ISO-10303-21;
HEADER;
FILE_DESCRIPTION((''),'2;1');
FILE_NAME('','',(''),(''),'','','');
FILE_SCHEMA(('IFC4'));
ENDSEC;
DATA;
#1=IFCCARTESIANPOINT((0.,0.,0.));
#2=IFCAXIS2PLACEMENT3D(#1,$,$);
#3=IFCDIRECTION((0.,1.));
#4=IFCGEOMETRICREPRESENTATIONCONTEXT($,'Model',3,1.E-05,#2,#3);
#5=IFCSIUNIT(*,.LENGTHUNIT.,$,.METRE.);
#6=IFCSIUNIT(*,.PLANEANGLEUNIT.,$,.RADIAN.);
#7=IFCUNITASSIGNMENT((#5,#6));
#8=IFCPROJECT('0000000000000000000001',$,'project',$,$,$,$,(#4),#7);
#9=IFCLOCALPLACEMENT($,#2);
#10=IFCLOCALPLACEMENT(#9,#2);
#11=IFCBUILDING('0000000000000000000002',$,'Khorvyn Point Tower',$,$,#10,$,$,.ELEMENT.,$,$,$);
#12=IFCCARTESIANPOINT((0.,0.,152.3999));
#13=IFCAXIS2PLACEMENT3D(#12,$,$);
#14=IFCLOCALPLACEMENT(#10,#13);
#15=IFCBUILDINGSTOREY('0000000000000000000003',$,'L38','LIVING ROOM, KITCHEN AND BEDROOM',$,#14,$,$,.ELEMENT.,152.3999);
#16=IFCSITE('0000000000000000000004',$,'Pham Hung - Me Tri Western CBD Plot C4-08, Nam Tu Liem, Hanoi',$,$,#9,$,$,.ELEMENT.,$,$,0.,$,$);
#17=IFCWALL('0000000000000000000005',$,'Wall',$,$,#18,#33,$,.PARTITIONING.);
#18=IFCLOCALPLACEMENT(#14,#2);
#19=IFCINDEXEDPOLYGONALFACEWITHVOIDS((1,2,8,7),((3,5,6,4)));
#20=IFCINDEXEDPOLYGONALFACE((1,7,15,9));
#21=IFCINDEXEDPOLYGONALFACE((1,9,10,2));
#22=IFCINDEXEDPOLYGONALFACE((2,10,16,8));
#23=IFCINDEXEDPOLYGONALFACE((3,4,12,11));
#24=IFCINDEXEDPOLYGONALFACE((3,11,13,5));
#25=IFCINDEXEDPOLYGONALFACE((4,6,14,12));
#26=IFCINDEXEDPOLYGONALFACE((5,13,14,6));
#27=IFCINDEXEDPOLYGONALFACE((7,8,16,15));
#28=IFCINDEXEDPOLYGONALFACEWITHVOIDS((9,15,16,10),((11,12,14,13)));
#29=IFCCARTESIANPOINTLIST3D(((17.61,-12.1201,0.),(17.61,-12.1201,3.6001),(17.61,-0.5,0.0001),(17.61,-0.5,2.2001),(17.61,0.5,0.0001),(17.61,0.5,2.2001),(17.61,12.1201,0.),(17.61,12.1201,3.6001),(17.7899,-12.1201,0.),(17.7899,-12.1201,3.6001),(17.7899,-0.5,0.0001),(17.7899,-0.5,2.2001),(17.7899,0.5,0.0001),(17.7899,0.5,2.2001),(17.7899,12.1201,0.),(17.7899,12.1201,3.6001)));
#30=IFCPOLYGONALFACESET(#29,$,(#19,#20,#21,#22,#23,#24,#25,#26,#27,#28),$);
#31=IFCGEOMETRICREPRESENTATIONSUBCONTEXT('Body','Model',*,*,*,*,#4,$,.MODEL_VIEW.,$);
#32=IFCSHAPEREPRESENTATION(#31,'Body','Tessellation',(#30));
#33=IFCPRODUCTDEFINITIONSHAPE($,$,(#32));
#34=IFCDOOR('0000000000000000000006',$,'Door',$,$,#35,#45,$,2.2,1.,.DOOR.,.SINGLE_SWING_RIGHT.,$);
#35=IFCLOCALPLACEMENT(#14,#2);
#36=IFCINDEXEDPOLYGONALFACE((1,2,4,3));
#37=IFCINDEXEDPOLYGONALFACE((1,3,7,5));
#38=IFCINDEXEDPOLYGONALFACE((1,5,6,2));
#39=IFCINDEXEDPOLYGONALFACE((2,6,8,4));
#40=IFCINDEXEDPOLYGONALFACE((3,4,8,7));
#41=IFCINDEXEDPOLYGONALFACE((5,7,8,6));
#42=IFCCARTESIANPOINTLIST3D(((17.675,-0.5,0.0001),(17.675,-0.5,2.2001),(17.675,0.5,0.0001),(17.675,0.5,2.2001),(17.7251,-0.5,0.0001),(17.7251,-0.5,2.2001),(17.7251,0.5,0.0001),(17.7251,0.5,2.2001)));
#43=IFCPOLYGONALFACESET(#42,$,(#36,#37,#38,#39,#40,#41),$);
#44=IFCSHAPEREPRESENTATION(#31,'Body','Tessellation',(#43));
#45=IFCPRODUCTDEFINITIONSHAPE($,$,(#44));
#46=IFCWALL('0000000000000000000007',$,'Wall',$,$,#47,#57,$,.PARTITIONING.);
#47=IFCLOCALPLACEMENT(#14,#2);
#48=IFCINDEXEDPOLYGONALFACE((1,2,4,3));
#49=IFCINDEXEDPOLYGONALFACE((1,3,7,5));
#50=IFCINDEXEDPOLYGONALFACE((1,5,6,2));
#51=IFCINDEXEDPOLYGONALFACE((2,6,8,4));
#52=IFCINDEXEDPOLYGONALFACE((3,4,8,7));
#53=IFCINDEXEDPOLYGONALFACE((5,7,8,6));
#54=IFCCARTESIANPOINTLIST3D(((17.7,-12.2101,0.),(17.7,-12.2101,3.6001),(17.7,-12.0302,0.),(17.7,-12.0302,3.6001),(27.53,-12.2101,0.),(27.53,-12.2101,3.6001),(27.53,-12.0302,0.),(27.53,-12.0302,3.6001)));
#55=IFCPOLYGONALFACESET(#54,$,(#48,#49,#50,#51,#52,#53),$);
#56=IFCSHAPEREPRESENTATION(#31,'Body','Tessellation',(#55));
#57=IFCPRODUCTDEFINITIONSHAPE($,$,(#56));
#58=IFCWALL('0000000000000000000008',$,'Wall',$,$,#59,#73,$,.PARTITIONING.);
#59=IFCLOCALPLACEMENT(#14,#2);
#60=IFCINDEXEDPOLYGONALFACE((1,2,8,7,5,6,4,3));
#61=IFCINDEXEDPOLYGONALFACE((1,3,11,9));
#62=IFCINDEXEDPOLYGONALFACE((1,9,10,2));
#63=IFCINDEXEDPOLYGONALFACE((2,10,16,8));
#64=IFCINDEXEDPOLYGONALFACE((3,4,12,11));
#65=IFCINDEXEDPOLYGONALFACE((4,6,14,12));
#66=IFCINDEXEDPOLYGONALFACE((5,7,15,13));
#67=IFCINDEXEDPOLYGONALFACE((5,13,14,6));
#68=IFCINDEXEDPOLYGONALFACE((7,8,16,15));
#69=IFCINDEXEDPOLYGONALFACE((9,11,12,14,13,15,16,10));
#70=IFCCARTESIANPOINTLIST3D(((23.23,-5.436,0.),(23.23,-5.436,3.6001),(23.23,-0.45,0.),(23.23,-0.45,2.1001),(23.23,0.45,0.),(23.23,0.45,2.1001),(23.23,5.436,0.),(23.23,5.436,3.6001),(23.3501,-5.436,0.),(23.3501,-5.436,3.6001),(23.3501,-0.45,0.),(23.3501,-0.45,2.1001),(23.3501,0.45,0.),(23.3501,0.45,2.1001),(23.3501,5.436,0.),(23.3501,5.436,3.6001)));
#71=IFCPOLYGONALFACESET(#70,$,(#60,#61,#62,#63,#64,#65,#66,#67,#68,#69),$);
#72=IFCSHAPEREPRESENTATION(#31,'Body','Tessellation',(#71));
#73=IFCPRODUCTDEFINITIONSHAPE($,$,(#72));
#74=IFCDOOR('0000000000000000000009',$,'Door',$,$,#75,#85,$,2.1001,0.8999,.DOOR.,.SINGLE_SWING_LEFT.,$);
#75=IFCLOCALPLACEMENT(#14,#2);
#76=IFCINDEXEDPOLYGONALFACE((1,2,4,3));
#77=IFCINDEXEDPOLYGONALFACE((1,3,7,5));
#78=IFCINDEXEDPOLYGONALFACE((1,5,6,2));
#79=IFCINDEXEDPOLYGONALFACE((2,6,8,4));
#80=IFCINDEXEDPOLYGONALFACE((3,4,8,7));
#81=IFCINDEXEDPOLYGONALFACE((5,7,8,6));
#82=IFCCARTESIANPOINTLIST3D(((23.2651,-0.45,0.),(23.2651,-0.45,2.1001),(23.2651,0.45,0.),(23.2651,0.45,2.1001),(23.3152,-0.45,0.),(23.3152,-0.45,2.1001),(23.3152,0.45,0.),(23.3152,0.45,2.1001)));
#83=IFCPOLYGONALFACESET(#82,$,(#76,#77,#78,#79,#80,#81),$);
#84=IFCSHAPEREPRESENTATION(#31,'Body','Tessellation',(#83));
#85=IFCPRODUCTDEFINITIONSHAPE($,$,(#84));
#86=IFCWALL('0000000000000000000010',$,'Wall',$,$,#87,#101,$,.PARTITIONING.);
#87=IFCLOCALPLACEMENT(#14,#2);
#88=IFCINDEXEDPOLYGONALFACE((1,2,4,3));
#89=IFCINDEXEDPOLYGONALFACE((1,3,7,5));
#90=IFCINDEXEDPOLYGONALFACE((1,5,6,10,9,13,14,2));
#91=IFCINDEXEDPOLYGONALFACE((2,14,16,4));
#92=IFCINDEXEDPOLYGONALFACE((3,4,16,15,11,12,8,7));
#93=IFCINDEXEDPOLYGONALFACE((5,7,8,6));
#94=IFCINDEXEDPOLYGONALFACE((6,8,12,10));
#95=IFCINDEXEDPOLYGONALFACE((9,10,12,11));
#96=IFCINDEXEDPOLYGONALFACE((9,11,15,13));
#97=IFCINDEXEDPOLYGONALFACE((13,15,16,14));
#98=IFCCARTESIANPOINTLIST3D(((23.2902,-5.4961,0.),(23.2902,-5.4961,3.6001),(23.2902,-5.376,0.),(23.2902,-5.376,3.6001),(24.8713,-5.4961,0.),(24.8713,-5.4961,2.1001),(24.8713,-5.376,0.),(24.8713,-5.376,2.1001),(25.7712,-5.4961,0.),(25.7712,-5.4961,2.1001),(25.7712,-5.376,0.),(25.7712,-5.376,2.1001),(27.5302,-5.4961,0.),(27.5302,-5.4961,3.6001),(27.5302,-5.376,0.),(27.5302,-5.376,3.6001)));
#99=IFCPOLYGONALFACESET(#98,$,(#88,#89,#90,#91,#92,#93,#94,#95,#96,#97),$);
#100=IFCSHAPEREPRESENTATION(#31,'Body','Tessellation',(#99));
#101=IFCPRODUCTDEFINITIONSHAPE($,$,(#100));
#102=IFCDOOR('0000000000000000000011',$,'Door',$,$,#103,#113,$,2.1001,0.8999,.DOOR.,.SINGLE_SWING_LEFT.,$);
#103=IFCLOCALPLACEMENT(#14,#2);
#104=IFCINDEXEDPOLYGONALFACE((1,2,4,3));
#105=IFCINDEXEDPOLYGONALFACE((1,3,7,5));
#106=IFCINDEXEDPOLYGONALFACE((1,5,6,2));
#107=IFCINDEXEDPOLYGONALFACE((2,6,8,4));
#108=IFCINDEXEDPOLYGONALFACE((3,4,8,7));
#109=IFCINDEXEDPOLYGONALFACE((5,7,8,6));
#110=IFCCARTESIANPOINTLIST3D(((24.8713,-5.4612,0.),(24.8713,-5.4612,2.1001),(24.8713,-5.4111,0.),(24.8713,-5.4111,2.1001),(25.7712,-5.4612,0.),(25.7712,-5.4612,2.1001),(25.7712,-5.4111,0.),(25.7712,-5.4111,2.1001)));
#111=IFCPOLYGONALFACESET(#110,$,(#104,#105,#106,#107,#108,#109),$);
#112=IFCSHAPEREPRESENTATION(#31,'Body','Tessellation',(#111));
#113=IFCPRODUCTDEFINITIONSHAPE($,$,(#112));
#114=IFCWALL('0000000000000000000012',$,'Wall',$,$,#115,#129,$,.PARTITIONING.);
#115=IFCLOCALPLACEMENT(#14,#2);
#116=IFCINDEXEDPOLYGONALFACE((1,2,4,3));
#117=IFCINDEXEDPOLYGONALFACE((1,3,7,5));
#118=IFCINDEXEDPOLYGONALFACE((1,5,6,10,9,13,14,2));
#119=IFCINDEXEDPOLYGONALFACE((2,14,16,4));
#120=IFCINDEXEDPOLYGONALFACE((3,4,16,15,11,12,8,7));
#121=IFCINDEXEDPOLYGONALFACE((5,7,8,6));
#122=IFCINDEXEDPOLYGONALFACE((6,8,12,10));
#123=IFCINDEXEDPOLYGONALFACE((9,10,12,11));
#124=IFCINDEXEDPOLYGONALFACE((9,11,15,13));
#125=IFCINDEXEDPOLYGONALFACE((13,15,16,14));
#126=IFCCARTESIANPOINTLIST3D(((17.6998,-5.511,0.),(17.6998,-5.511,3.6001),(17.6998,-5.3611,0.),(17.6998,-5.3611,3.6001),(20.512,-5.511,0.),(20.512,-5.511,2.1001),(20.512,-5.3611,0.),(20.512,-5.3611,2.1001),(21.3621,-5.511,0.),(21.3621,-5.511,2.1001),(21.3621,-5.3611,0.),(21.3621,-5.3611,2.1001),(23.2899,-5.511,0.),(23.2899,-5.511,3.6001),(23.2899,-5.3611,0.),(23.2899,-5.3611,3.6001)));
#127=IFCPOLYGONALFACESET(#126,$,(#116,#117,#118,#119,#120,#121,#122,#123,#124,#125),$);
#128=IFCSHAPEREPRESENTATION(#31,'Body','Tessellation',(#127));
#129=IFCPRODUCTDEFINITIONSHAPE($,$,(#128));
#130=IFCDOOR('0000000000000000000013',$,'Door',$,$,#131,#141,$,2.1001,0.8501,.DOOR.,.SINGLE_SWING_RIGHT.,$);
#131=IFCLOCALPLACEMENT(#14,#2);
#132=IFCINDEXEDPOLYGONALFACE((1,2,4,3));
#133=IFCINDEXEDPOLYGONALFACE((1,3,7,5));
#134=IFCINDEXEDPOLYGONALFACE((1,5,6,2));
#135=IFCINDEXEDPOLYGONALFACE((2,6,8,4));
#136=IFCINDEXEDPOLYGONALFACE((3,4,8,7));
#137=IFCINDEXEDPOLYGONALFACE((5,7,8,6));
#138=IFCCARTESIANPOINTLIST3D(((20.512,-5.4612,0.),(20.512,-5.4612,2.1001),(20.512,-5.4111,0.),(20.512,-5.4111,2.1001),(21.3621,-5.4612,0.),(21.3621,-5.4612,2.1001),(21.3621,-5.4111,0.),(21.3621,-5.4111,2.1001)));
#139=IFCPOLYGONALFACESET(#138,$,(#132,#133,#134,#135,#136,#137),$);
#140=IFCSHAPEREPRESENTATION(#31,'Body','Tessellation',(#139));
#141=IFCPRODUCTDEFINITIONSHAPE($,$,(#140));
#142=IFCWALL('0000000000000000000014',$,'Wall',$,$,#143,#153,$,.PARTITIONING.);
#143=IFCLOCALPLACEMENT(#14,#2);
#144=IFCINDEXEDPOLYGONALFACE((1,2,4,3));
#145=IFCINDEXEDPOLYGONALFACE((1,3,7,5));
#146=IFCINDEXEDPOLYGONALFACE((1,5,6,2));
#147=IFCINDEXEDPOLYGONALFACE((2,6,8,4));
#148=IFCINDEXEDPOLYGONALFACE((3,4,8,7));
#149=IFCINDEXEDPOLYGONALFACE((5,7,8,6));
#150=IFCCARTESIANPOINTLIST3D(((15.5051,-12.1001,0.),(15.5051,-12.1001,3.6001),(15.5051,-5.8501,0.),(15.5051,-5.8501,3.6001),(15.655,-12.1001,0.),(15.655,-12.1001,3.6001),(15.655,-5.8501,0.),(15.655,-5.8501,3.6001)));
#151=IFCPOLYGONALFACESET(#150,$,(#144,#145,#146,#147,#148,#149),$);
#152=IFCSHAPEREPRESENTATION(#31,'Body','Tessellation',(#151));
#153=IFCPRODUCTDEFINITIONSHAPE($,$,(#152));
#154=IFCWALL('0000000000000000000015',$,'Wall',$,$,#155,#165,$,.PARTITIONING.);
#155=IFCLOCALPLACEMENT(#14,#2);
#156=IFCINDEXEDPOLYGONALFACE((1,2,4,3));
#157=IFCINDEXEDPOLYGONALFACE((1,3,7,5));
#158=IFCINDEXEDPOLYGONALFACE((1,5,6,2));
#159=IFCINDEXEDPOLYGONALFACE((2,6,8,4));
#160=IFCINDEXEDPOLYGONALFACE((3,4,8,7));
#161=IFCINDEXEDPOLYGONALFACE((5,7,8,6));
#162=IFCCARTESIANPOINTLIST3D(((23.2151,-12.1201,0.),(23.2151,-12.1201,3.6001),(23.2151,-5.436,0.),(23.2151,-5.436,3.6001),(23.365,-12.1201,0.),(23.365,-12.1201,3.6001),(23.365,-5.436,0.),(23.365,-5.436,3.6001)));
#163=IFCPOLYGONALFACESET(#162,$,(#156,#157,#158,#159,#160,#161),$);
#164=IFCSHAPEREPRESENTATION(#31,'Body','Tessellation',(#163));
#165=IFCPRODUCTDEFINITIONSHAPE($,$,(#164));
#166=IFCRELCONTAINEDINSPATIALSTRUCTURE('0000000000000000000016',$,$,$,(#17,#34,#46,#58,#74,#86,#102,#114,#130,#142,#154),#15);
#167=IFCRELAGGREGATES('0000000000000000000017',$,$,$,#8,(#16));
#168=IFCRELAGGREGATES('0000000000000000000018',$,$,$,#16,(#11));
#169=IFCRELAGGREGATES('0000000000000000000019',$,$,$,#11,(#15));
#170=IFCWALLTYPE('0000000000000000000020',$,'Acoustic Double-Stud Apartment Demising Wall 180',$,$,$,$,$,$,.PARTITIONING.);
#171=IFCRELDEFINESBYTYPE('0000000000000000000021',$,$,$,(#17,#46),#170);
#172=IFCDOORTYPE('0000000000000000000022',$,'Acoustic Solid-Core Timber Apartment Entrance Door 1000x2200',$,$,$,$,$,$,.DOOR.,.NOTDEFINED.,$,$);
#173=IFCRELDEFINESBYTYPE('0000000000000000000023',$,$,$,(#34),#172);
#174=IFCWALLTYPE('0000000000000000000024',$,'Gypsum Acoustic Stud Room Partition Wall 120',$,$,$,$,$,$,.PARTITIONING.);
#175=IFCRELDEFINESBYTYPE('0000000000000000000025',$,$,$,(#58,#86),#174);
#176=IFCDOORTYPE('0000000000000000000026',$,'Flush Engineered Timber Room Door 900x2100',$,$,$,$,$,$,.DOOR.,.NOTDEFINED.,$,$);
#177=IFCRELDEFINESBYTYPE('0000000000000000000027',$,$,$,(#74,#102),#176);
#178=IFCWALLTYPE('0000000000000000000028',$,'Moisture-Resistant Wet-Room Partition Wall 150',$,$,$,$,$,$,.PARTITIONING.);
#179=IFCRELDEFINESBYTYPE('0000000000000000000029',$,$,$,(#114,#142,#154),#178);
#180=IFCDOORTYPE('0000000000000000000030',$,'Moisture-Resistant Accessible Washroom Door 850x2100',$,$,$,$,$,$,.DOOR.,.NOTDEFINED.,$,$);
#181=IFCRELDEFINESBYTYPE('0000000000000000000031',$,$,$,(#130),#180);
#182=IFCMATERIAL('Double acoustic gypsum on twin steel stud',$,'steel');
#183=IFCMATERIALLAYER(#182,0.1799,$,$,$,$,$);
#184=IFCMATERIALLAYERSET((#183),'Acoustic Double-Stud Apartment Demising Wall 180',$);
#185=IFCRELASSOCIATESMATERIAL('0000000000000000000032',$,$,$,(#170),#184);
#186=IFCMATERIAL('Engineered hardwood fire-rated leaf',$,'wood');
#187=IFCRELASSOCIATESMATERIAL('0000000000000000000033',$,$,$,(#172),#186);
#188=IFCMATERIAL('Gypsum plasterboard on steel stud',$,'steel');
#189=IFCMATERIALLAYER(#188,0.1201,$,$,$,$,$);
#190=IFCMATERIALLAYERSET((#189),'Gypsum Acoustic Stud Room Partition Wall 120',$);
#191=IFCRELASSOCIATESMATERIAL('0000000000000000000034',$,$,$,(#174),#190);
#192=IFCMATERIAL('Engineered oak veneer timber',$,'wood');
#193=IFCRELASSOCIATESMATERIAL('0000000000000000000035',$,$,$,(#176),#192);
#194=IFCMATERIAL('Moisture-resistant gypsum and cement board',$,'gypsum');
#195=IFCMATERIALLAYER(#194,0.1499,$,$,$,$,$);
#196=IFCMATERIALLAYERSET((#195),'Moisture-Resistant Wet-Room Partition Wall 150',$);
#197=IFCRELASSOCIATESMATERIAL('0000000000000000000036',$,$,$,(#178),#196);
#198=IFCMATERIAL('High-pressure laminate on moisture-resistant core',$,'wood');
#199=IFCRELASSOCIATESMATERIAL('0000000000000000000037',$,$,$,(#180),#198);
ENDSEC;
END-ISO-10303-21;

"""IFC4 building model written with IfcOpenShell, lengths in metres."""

from ifc_helpers import new_model, si_unit, direction, frame, frame_2d, origin, place, context, subcontext, project, spatial, rectangle, extrude, material, layer, layer_set, type_object, element, fill, save


model = new_model("IFC4")

# Units and contexts
model_context = context("Model", 3, precision=1e-05, world=origin(), true_north=direction((0.0, 1.0)))
body_context = subcontext(model_context, "Body", "Model", "MODEL_VIEW")
ifc_project = project(units=[si_unit("LENGTHUNIT", "METRE"), si_unit("PLANEANGLEUNIT", "RADIAN")], contexts=[model_context])

# Site, building, storey
site_placement = place(None, origin())
site = spatial("IfcSite", under=ifc_project, at=site_placement, Name="Pham Hung - Me Tri Western CBD Plot C4-08, Nam Tu Liem, Hanoi", CompositionType="ELEMENT", RefElevation=0.0)
building_placement = place(site_placement, origin())
building = spatial("IfcBuilding", under=site, at=building_placement, Name="Khorvyn Point Tower", CompositionType="ELEMENT")
storey_placement = place(building_placement, frame((0.0, 0.0, 152.3999)))
storey = spatial("IfcBuildingStorey", under=building, at=storey_placement, Name="L38", Description="LIVING ROOM, KITCHEN AND BEDROOM", CompositionType="ELEMENT", Elevation=152.3999)

# Wall, opening, door
ifc_material_1 = material(Name="Double acoustic gypsum on twin steel stud", Category="steel")
ifc_layer_1 = layer(ifc_material_1, 0.1799)
ifc_layer_set_1 = layer_set([ifc_layer_1], Name="Acoustic Double-Stud Apartment Demising Wall 180")
wall_type_1 = type_object("IfcWallType", Name="Acoustic Double-Stud Apartment Demising Wall 180", PredefinedType="PARTITIONING", material=ifc_layer_set_1)
wall_1_placement = place(storey_placement, frame((17.7, -12.1201, 0.0), z_axis=(0.0, 0.0, 1.0), x_axis=(0.0, 1.0, 0.0)))
wall_1 = element("IfcWall", 1, at=wall_1_placement, inside=storey, type_object=wall_type_1, Name="Wall", PredefinedType="PARTITIONING", context=body_context, shape_type="SweptSolid", body=[
    extrude(rectangle(XDim=24.2402, YDim=0.1799, at=frame_2d((12.1201, 0.0))), origin(), (0.0, 0.0, 1.0), 3.6001),
])
opening_1_placement = place(wall_1_placement, frame((11.6201, 0.0, 0.0)))
opening_1 = element("IfcOpeningElement", 2, at=opening_1_placement, cuts=wall_1, PredefinedType="OPENING", context=body_context, shape_type="SweptSolid", body=[
    extrude(rectangle(XDim=1.0, YDim=2.2, at=frame_2d((0.5, 1.1001))), frame((0.0, 0.0999, 0.0), z_axis=(0.0, -1.0, 0.0), x_axis=(1.0, 0.0, 0.0)), (0.0, 0.0, 1.0), 0.2),
])
ifc_material_2 = material(Name="Engineered hardwood fire-rated leaf", Category="wood")
door_type_1 = type_object("IfcDoorType", Name="Acoustic Solid-Core Timber Apartment Entrance Door 1000x2200", OperationType="NOTDEFINED", PredefinedType="DOOR", material=ifc_material_2)
door_1_placement = place(opening_1_placement, origin())
door_1 = element("IfcDoor", 3, at=door_1_placement, inside=storey, type_object=door_type_1, Name="Door", OperationType="SINGLE_SWING_RIGHT", OverallHeight=2.2, OverallWidth=1.0, PredefinedType="DOOR", context=body_context, shape_type="SweptSolid", body=[
    extrude(rectangle(XDim=1.0, YDim=2.2, at=frame_2d((0.5, 1.1001))), frame((0.0, 0.0249, 0.0), z_axis=(0.0, -1.0, 0.0), x_axis=(1.0, 0.0, 0.0)), (0.0, 0.0, 1.0), 0.05),
])
fill(opening_1, door_1)

# Wall
wall_2_placement = place(storey_placement, frame((17.7, -12.1201, 0.0), z_axis=(0.0, 0.0, 1.0), x_axis=(1.0, 0.0, 0.0)))
element("IfcWall", 4, at=wall_2_placement, inside=storey, type_object=wall_type_1, Name="Wall", PredefinedType="PARTITIONING", context=body_context, shape_type="SweptSolid", body=[
    extrude(rectangle(XDim=9.8301, YDim=0.1799, at=frame_2d((4.915, 0.0))), origin(), (0.0, 0.0, 1.0), 3.6001),
])

# Walls, openings, doors
ifc_material_3 = material(Name="Gypsum plasterboard on steel stud", Category="steel")
ifc_layer_2 = layer(ifc_material_3, 0.1201)
ifc_layer_set_2 = layer_set([ifc_layer_2], Name="Gypsum Acoustic Stud Room Partition Wall 120")
wall_type_2 = type_object("IfcWallType", Name="Gypsum Acoustic Stud Room Partition Wall 120", PredefinedType="PARTITIONING", material=ifc_layer_set_2)
wall_3_placement = place(storey_placement, frame((23.29, -5.436, 0.0), z_axis=(0.0, 0.0, 1.0), x_axis=(0.0, 1.0, 0.0)))
wall_3 = element("IfcWall", 5, at=wall_3_placement, inside=storey, type_object=wall_type_2, Name="Wall", PredefinedType="PARTITIONING", context=body_context, shape_type="SweptSolid", body=[
    extrude(rectangle(XDim=10.8721, YDim=0.1201, at=frame_2d((5.436, 0.0))), origin(), (0.0, 0.0, 1.0), 3.6001),
])
opening_2_placement = place(wall_3_placement, frame((4.9861, 0.0, 0.0)))
opening_2 = element("IfcOpeningElement", 6, at=opening_2_placement, cuts=wall_3, PredefinedType="OPENING", context=body_context, shape_type="SweptSolid", body=[
    extrude(rectangle(XDim=0.8999, YDim=2.1001, at=frame_2d((0.45, 1.05))), frame((0.0, 0.0701, 0.0), z_axis=(0.0, -1.0, 0.0), x_axis=(1.0, 0.0, 0.0)), (0.0, 0.0, 1.0), 0.1401),
])
ifc_material_4 = material(Name="Engineered oak veneer timber", Category="wood")
door_type_2 = type_object("IfcDoorType", Name="Flush Engineered Timber Room Door 900x2100", OperationType="NOTDEFINED", PredefinedType="DOOR", material=ifc_material_4)
door_2_placement = place(opening_2_placement, origin())
door_2 = element("IfcDoor", 7, at=door_2_placement, inside=storey, type_object=door_type_2, Name="Door", OperationType="SINGLE_SWING_LEFT", OverallHeight=2.1001, OverallWidth=0.8999, PredefinedType="DOOR", context=body_context, shape_type="SweptSolid", body=[
    extrude(rectangle(XDim=0.8999, YDim=2.1001, at=frame_2d((0.45, 1.05))), frame((0.0, 0.0249, 0.0), z_axis=(0.0, -1.0, 0.0), x_axis=(1.0, 0.0, 0.0)), (0.0, 0.0, 1.0), 0.05),
])
fill(opening_2, door_2)
wall_4_placement = place(storey_placement, frame((23.29, -5.436, 0.0), z_axis=(0.0, 0.0, 1.0), x_axis=(1.0, 0.0, 0.0)))
wall_4 = element("IfcWall", 8, at=wall_4_placement, inside=storey, type_object=wall_type_2, Name="Wall", PredefinedType="PARTITIONING", context=body_context, shape_type="SweptSolid", body=[
    extrude(rectangle(XDim=4.24, YDim=0.1201, at=frame_2d((2.1201, 0.0))), origin(), (0.0, 0.0, 1.0), 3.6001),
])
opening_3_placement = place(wall_4_placement, frame((1.5813, 0.0, 0.0)))
opening_3 = element("IfcOpeningElement", 9, at=opening_3_placement, cuts=wall_4, PredefinedType="OPENING", context=body_context, shape_type="SweptSolid", body=[
    extrude(rectangle(XDim=0.8999, YDim=2.1001, at=frame_2d((0.45, 1.05))), frame((0.0, 0.0701, 0.0), z_axis=(0.0, -1.0, 0.0), x_axis=(1.0, 0.0, 0.0)), (0.0, 0.0, 1.0), 0.1401),
])
door_3_placement = place(opening_3_placement, origin())
door_3 = element("IfcDoor", 10, at=door_3_placement, inside=storey, type_object=door_type_2, Name="Door", OperationType="SINGLE_SWING_LEFT", OverallHeight=2.1001, OverallWidth=0.8999, PredefinedType="DOOR", context=body_context, shape_type="SweptSolid", body=[
    extrude(rectangle(XDim=0.8999, YDim=2.1001, at=frame_2d((0.45, 1.05))), frame((0.0, 0.0249, 0.0), z_axis=(0.0, -1.0, 0.0), x_axis=(1.0, 0.0, 0.0)), (0.0, 0.0, 1.0), 0.05),
])
fill(opening_3, door_3)
ifc_material_5 = material(Name="Moisture-resistant gypsum and cement board", Category="gypsum")
ifc_layer_3 = layer(ifc_material_5, 0.1499)
ifc_layer_set_3 = layer_set([ifc_layer_3], Name="Moisture-Resistant Wet-Room Partition Wall 150")
wall_type_3 = type_object("IfcWallType", Name="Moisture-Resistant Wet-Room Partition Wall 150", PredefinedType="PARTITIONING", material=ifc_layer_set_3)
wall_5_placement = place(storey_placement, frame((17.7, -5.436, 0.0), z_axis=(0.0, 0.0, 1.0), x_axis=(1.0, 0.0, 0.0)))
wall_5 = element("IfcWall", 11, at=wall_5_placement, inside=storey, type_object=wall_type_3, Name="Wall", PredefinedType="PARTITIONING", context=body_context, shape_type="SweptSolid", body=[
    extrude(rectangle(XDim=5.5901, YDim=0.1499, at=frame_2d((2.7949, 0.0))), origin(), (0.0, 0.0, 1.0), 3.6001),
])
opening_4_placement = place(wall_5_placement, frame((2.812, 0.0, 0.0)))
opening_4 = element("IfcOpeningElement", 12, at=opening_4_placement, cuts=wall_5, PredefinedType="OPENING", context=body_context, shape_type="SweptSolid", body=[
    extrude(rectangle(XDim=0.8501, YDim=2.1001, at=frame_2d((0.425, 1.05))), frame((0.0, 0.085, 0.0), z_axis=(0.0, -1.0, 0.0), x_axis=(1.0, 0.0, 0.0)), (0.0, 0.0, 1.0), 0.1699),
])
ifc_material_6 = material(Name="High-pressure laminate on moisture-resistant core", Category="wood")
door_type_3 = type_object("IfcDoorType", Name="Moisture-Resistant Accessible Washroom Door 850x2100", OperationType="NOTDEFINED", PredefinedType="DOOR", material=ifc_material_6)
door_4_placement = place(opening_4_placement, origin())
door_4 = element("IfcDoor", 13, at=door_4_placement, inside=storey, type_object=door_type_3, Name="Door", OperationType="SINGLE_SWING_RIGHT", OverallHeight=2.1001, OverallWidth=0.8501, PredefinedType="DOOR", context=body_context, shape_type="SweptSolid", body=[
    extrude(rectangle(XDim=0.8501, YDim=2.1001, at=frame_2d((0.425, 1.05))), frame((0.0, 0.0249, 0.0), z_axis=(0.0, -1.0, 0.0), x_axis=(1.0, 0.0, 0.0)), (0.0, 0.0, 1.0), 0.05),
])
fill(opening_4, door_4)

# Walls
wall_6_placement = place(storey_placement, frame((15.5801, -12.1001, 0.0), z_axis=(0.0, 0.0, 1.0), x_axis=(0.0, 1.0, 0.0)))
element("IfcWall", 14, at=wall_6_placement, inside=storey, type_object=wall_type_3, Name="Wall", PredefinedType="PARTITIONING", context=body_context, shape_type="SweptSolid", body=[
    extrude(rectangle(XDim=6.25, YDim=0.1499, at=frame_2d((3.125, 0.0))), origin(), (0.0, 0.0, 1.0), 3.6001),
])
wall_7_placement = place(storey_placement, frame((23.29, -12.1201, 0.0), z_axis=(0.0, 0.0, 1.0), x_axis=(0.0, 1.0, 0.0)))
element("IfcWall", 15, at=wall_7_placement, inside=storey, type_object=wall_type_3, Name="Wall", PredefinedType="PARTITIONING", context=body_context, shape_type="SweptSolid", body=[
    extrude(rectangle(XDim=6.6841, YDim=0.1499, at=frame_2d((3.342, 0.0))), origin(), (0.0, 0.0, 1.0), 3.6001),
])

save(model, "model.ifc")
